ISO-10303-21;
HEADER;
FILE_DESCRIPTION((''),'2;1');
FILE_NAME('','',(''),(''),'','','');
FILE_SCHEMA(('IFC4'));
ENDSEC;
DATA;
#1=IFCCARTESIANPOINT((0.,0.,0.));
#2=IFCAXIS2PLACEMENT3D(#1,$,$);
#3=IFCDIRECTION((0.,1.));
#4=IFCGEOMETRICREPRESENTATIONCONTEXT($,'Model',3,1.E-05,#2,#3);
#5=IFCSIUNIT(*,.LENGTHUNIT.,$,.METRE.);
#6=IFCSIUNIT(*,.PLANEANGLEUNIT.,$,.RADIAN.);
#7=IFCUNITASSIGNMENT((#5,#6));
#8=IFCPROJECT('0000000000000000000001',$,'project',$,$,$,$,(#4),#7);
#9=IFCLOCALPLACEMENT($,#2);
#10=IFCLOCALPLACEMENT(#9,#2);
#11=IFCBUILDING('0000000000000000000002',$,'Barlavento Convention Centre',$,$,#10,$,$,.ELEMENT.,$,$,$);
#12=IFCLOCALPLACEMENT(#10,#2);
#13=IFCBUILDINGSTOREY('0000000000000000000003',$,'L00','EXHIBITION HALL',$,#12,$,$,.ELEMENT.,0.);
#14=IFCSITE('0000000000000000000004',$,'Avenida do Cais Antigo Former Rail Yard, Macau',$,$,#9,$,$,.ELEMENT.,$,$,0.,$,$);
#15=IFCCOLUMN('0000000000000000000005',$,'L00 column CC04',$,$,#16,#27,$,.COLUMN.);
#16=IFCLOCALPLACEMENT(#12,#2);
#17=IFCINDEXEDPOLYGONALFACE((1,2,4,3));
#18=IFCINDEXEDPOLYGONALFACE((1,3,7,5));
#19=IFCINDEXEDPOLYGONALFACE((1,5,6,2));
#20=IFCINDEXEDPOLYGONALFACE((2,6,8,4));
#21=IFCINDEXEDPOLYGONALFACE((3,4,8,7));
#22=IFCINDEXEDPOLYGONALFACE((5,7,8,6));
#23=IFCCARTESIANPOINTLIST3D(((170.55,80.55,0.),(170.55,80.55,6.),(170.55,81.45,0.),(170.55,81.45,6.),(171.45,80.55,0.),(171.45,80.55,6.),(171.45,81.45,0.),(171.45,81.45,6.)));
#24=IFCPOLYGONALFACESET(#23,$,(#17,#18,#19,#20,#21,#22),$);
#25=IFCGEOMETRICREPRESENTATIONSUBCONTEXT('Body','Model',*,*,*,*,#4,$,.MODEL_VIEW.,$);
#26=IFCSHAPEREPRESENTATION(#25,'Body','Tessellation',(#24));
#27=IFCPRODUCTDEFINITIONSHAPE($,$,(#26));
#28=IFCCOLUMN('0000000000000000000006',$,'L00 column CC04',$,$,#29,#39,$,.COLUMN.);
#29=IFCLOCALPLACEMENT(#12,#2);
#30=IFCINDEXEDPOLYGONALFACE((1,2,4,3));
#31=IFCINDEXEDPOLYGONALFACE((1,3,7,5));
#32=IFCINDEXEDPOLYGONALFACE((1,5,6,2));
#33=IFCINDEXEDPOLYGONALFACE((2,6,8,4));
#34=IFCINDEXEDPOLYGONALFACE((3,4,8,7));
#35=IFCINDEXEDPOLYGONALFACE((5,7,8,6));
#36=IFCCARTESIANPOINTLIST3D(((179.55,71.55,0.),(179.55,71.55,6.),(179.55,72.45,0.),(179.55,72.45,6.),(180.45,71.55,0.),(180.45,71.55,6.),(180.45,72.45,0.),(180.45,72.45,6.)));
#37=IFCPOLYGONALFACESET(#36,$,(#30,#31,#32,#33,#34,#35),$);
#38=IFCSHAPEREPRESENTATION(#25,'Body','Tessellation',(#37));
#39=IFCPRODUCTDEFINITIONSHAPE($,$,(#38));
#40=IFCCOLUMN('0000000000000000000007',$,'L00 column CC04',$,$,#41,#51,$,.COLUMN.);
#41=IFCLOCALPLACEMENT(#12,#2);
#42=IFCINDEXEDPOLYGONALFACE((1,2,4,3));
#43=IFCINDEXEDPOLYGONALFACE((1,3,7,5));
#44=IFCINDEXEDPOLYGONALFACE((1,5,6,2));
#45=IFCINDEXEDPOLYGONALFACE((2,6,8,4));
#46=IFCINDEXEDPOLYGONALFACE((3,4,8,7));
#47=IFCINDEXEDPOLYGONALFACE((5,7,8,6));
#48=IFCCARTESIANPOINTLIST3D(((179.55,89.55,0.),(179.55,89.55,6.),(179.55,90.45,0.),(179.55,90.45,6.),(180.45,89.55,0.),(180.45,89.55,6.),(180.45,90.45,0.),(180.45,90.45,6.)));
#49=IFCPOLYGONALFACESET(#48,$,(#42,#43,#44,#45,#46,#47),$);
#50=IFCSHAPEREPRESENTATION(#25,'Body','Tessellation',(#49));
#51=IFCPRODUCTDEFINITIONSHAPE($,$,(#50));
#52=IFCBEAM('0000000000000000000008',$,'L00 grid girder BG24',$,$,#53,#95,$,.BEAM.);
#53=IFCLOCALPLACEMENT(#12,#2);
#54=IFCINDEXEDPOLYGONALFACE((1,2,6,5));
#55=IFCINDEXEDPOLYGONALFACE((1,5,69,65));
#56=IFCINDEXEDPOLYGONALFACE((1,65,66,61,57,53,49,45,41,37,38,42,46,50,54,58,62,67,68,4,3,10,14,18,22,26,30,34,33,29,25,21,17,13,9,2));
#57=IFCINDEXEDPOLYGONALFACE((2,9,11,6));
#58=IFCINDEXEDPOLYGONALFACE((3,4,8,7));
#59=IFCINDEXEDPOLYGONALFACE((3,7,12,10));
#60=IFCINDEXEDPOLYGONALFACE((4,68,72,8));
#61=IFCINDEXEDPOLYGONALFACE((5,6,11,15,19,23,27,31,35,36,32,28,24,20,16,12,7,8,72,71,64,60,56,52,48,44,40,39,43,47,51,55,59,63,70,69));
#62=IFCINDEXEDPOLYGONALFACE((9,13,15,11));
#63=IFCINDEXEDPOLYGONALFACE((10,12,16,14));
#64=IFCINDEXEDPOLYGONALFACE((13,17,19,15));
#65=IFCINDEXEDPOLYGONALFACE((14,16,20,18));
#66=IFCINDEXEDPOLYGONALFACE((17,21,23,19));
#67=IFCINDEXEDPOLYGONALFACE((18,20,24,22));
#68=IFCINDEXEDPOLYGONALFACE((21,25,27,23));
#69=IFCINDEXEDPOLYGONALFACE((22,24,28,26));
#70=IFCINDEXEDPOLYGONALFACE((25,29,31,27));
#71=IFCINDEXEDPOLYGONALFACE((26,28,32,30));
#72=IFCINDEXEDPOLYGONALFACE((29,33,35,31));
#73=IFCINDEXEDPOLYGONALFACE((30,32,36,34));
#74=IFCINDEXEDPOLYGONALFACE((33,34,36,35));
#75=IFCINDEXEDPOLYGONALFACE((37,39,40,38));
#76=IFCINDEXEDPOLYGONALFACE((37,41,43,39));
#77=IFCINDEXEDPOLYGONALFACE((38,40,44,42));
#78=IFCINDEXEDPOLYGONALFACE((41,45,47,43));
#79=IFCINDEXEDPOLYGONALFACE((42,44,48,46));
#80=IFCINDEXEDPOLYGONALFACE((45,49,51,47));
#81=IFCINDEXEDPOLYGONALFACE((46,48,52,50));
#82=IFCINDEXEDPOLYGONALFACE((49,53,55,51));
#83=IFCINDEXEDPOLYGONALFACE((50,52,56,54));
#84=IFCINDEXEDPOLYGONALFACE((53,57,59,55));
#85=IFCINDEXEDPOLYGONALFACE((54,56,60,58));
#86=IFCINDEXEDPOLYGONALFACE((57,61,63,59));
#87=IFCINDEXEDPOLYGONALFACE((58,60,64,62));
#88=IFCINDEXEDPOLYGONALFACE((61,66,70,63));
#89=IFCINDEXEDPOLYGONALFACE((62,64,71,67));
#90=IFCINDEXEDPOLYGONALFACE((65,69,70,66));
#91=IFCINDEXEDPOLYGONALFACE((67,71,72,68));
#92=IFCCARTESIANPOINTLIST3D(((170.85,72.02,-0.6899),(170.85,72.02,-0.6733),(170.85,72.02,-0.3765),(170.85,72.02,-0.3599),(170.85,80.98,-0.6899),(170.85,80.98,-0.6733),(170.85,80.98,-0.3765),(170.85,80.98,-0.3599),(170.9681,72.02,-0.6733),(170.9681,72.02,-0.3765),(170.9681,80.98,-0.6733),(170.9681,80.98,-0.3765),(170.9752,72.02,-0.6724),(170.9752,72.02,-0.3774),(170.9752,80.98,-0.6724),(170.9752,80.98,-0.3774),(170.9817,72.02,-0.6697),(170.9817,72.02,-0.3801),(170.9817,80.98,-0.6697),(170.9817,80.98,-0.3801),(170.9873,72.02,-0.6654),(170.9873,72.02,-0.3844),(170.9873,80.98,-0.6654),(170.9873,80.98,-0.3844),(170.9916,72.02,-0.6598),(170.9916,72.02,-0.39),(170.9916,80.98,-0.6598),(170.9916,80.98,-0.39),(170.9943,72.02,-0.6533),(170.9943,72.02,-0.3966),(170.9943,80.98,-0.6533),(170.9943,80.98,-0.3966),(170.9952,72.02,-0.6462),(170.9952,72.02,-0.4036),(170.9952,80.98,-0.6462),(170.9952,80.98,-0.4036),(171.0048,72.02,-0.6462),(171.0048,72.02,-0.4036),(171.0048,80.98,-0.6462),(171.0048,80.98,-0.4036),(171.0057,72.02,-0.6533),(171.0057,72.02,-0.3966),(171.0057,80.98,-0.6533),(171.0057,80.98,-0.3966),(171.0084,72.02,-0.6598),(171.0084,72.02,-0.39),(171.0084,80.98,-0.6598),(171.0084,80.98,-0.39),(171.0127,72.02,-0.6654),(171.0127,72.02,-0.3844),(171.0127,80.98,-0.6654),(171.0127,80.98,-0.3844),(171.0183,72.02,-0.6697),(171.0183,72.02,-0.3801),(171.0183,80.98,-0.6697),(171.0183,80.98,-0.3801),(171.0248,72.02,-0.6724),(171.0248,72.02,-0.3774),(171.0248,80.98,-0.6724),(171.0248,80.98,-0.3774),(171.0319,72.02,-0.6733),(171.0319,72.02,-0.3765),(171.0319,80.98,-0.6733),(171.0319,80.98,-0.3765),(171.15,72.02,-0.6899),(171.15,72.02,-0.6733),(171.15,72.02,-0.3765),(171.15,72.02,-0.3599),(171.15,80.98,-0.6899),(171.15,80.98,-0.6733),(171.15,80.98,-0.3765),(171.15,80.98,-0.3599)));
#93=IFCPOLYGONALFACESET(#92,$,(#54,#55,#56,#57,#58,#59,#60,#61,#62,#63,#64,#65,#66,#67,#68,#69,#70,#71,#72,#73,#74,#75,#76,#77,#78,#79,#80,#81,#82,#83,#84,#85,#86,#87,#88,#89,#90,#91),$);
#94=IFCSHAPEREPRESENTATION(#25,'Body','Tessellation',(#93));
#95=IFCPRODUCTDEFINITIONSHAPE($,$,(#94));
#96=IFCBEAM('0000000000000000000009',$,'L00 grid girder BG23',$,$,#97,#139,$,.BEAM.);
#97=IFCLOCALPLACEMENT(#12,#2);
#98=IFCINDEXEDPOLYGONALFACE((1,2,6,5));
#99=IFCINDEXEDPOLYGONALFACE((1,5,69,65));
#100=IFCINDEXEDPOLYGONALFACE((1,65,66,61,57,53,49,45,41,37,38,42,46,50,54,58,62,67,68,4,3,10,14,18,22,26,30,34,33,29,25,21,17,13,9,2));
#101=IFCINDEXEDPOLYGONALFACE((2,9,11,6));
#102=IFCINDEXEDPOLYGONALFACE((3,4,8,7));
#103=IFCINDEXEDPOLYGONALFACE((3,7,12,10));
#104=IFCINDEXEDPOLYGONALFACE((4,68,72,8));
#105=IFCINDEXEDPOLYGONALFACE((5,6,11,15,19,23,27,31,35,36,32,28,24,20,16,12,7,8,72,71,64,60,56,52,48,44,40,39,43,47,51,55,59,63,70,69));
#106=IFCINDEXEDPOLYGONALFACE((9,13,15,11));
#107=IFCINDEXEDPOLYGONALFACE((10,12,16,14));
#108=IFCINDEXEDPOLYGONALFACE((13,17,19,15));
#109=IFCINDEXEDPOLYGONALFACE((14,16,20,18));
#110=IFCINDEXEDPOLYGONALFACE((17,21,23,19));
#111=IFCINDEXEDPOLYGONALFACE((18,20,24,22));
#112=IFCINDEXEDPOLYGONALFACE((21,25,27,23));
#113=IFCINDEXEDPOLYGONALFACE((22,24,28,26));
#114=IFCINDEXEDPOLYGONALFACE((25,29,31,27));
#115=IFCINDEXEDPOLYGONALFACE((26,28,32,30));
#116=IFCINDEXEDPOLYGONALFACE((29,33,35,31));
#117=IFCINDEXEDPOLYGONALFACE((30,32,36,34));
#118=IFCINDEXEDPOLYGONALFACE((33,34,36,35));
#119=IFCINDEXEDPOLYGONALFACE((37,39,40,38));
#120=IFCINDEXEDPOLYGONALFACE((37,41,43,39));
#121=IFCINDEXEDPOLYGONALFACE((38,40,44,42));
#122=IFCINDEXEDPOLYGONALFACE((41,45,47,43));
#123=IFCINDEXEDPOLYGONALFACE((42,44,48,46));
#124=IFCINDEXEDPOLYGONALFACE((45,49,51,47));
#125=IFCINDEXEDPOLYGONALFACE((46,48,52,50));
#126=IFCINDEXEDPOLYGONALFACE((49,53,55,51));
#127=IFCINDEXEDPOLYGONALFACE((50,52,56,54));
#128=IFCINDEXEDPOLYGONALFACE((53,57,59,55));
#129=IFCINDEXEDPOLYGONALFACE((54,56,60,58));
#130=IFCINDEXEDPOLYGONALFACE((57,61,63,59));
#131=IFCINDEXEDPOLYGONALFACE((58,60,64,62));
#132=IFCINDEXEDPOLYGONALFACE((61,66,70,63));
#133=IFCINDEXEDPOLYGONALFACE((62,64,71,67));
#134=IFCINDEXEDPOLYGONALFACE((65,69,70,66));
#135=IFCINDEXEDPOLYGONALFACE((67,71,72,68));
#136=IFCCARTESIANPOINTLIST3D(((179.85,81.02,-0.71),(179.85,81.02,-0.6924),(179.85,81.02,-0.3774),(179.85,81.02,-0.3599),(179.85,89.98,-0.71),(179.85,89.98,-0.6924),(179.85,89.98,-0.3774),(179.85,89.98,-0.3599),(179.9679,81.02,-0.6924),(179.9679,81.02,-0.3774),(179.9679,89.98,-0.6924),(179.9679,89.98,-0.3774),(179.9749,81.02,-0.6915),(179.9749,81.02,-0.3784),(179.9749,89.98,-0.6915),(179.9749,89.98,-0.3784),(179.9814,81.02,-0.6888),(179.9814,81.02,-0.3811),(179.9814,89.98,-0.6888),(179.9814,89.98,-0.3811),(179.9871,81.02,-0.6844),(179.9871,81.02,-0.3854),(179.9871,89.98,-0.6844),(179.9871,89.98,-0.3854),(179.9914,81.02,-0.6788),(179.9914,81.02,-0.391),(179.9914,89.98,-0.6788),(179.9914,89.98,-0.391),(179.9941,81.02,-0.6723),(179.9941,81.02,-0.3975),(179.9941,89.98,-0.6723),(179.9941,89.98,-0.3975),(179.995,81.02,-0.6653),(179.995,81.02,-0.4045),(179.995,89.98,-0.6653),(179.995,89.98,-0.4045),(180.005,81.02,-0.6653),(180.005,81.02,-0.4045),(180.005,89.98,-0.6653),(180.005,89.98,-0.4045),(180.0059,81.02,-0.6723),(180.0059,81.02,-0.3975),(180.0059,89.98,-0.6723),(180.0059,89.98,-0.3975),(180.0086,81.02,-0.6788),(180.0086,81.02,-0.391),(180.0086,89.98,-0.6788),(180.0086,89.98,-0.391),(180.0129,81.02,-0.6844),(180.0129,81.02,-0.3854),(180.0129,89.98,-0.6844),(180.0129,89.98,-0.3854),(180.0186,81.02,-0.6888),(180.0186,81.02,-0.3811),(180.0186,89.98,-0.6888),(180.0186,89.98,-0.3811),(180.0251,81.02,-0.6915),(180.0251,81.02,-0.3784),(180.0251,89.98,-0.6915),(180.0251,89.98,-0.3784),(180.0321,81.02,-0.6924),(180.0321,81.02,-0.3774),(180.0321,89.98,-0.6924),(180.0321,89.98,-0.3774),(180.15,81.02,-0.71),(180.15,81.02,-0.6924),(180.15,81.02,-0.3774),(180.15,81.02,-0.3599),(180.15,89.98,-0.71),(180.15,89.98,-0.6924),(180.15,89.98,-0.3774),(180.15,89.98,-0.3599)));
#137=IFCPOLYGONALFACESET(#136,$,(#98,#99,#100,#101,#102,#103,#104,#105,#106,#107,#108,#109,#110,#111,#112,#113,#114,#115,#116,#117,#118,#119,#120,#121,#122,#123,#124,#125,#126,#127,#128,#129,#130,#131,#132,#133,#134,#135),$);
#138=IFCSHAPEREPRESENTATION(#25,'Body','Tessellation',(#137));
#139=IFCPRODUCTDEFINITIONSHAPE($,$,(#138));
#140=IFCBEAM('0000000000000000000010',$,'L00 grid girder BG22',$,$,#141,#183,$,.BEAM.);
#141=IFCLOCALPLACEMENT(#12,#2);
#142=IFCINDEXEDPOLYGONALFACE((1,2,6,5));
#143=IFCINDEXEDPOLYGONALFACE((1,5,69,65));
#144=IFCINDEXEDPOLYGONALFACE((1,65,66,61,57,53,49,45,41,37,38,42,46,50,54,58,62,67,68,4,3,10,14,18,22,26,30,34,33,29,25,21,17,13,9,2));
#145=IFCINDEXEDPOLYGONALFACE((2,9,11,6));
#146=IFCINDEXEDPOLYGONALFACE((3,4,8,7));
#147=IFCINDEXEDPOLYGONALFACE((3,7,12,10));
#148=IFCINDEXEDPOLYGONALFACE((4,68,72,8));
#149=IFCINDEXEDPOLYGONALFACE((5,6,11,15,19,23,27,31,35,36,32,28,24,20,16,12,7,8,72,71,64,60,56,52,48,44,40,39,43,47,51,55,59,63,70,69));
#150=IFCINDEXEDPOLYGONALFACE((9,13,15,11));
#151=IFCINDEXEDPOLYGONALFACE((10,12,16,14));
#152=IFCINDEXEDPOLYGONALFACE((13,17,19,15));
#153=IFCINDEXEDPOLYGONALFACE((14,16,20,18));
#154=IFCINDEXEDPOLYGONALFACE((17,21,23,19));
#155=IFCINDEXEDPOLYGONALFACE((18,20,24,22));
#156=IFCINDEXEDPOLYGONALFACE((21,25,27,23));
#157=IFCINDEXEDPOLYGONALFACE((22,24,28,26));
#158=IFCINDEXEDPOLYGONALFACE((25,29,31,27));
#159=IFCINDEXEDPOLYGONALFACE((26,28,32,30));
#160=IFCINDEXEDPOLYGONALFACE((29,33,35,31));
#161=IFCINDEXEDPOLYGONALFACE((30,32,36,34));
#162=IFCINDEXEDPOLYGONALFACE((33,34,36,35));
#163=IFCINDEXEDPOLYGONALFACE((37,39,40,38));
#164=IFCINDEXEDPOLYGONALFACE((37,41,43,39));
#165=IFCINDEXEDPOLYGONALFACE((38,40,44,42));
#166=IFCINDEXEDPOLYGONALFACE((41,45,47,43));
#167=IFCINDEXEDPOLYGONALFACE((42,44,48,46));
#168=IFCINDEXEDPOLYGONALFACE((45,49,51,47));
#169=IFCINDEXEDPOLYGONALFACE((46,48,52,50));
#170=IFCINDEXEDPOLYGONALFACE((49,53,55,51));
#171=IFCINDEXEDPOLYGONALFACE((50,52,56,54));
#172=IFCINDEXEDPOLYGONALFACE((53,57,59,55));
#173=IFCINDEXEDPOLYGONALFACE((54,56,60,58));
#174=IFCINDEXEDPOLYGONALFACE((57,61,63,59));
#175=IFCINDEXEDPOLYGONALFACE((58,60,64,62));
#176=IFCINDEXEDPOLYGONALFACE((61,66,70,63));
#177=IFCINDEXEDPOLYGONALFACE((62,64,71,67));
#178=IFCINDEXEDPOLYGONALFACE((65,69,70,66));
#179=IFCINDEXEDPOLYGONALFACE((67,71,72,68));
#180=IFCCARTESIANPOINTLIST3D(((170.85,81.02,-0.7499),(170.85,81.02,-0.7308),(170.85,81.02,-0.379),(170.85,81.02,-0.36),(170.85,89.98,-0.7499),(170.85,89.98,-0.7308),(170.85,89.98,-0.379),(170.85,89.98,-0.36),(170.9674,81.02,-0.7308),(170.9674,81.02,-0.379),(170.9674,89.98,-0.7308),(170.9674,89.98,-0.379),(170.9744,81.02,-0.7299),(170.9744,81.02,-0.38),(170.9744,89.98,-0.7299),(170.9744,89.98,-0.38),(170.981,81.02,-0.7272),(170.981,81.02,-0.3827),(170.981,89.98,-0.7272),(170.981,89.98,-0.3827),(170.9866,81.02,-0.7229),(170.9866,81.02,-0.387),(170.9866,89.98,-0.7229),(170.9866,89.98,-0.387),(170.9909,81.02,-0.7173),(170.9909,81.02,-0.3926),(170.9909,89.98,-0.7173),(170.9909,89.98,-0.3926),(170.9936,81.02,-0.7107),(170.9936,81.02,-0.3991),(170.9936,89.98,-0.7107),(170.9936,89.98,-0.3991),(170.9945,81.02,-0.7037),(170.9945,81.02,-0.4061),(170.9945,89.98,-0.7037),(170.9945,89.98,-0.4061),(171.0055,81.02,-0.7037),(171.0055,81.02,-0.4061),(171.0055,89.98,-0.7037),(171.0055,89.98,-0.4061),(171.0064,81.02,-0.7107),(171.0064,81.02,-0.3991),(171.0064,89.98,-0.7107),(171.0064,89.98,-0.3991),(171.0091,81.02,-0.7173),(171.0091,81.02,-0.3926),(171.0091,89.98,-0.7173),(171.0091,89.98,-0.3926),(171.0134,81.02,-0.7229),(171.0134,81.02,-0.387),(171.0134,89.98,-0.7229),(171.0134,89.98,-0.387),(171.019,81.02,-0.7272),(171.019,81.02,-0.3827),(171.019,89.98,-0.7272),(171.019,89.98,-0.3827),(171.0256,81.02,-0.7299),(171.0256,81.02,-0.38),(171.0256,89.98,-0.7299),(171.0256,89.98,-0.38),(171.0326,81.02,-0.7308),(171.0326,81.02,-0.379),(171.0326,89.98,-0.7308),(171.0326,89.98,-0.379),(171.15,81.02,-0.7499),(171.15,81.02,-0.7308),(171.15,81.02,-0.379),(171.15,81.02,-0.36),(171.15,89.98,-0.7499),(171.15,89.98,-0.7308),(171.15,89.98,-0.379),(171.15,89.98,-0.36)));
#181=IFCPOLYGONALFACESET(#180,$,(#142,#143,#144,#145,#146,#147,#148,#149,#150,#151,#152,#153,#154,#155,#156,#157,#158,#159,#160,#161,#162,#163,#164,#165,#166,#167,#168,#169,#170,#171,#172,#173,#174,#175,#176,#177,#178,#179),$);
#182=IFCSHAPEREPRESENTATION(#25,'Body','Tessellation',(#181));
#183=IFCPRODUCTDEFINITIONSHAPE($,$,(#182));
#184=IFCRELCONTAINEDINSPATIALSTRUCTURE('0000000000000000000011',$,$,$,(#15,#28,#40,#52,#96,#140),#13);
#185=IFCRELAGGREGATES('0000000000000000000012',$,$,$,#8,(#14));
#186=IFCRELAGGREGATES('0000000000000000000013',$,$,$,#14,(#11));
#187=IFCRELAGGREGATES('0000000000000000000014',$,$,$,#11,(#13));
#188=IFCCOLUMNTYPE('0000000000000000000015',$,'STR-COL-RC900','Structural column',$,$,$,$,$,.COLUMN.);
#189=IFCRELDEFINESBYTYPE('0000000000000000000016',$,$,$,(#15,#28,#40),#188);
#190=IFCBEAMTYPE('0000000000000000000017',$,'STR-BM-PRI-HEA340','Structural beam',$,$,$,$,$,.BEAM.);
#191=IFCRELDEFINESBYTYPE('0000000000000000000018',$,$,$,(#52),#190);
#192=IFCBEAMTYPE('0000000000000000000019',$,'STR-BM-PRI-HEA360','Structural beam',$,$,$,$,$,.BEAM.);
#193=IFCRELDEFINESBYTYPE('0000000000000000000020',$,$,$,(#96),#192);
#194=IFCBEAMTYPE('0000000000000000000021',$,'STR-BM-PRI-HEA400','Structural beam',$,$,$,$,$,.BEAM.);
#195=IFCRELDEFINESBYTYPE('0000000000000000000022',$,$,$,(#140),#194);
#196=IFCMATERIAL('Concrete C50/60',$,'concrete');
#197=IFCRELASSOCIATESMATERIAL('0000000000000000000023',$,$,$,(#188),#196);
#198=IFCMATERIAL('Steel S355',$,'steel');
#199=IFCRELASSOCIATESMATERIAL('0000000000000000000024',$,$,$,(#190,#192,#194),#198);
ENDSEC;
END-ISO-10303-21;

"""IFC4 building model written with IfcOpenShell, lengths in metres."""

from ifc_helpers import new_model, si_unit, direction, frame, origin, origin_2d, place, context, subcontext, project, spatial, rectangle, i_section, extrude, material, material_profile, profile_set, type_object, element, save


model = new_model("IFC4")

# Units and contexts
model_context = context("Model", 3, precision=1e-05, world=origin(), true_north=direction((0.0, 1.0)))
body_context = subcontext(model_context, "Body", "Model", "MODEL_VIEW")
ifc_project = project(units=[si_unit("LENGTHUNIT", "METRE"), si_unit("PLANEANGLEUNIT", "RADIAN")], contexts=[model_context])

# Site, building, storey
site_placement = place(None, origin())
site = spatial("IfcSite", under=ifc_project, at=site_placement, Name="Avenida do Cais Antigo Former Rail Yard, Macau", CompositionType="ELEMENT", RefElevation=0.0)
building_placement = place(site_placement, origin())
building = spatial("IfcBuilding", under=site, at=building_placement, Name="Barlavento Convention Centre", CompositionType="ELEMENT")
storey_placement = place(building_placement, origin())
storey = spatial("IfcBuildingStorey", under=building, at=storey_placement, Name="L00", Description="EXHIBITION HALL", CompositionType="ELEMENT", Elevation=0.0)

# Columns
ifc_material_1 = material(Name="Concrete C50/60", Category="concrete")
ifc_material_profile_1 = material_profile(ifc_material_1, rectangle(XDim=0.8999, YDim=0.8999, at=origin_2d()), Name="RC 900x900")
ifc_profile_set_1 = profile_set([ifc_material_profile_1], Name="Concrete C50/60")
column_type_1 = type_object("IfcColumnType", Name="STR-COL-RC900", Description="Structural column", PredefinedType="COLUMN", material=ifc_profile_set_1)
for number, where, z_axis, x_axis, name in (
    (1, (171.0, 81.0, 0.0), (0.0, 0.0, 1.0), (1.0, 0.0, 0.0), "L00 column CC04"),
    (2, (180.0, 72.0, 0.0), (0.0, 0.0, 1.0), (1.0, 0.0, 0.0), "L00 column CC04"),
    (3, (180.0, 90.0, 0.0), (0.0, 0.0, 1.0), (1.0, 0.0, 0.0), "L00 column CC04"),
):
    element("IfcColumn", number, at=place(storey_placement, frame(where, z_axis=z_axis, x_axis=x_axis)), inside=storey, type_object=column_type_1, Name=name, PredefinedType="COLUMN", context=body_context, shape_type="SweptSolid", body=[
        extrude(rectangle(XDim=0.8999, YDim=0.8999, at=origin_2d()), origin(), (0.0, 0.0, 1.0), 6.0),
    ])

# Beams
ifc_material_2 = material(Name="Steel S355", Category="steel")
ifc_material_profile_2 = material_profile(ifc_material_2, i_section(OverallWidth=0.3, OverallDepth=0.3301, WebThickness=0.0095, FlangeThickness=0.0166, FilletRadius=0.0271, at=origin_2d()), Name="HEA 340")
ifc_profile_set_2 = profile_set([ifc_material_profile_2], Name="Steel S355")
beam_type_1 = type_object("IfcBeamType", Name="STR-BM-PRI-HEA340", Description="Structural beam", PredefinedType="BEAM", material=ifc_profile_set_2)
beam_1_placement = place(storey_placement, frame((171.0, 72.02, -0.5249), z_axis=(0.0, 1.0, 0.0), x_axis=(-1.0, 0.0, 0.0)))
element("IfcBeam", 4, at=beam_1_placement, inside=storey, type_object=beam_type_1, Name="L00 grid girder BG24", PredefinedType="BEAM", context=body_context, shape_type="SweptSolid", body=[
    extrude(i_section(OverallWidth=0.3, OverallDepth=0.3301, WebThickness=0.0095, FlangeThickness=0.0166, FilletRadius=0.0271, at=origin_2d()), origin(), (0.0, 0.0, 1.0), 8.96),
])
ifc_material_profile_3 = material_profile(ifc_material_2, i_section(OverallWidth=0.3, OverallDepth=0.3501, WebThickness=0.01, FlangeThickness=0.0176, FilletRadius=0.0271, at=origin_2d()), Name="HEA 360")
ifc_profile_set_3 = profile_set([ifc_material_profile_3], Name="Steel S355")
beam_type_2 = type_object("IfcBeamType", Name="STR-BM-PRI-HEA360", Description="Structural beam", PredefinedType="BEAM", material=ifc_profile_set_3)
beam_2_placement = place(storey_placement, frame((180.0, 81.02, -0.5349), z_axis=(0.0, 1.0, 0.0), x_axis=(-1.0, 0.0, 0.0)))
element("IfcBeam", 5, at=beam_2_placement, inside=storey, type_object=beam_type_2, Name="L00 grid girder BG23", PredefinedType="BEAM", context=body_context, shape_type="SweptSolid", body=[
    extrude(i_section(OverallWidth=0.3, OverallDepth=0.3501, WebThickness=0.01, FlangeThickness=0.0176, FilletRadius=0.0271, at=origin_2d()), origin(), (0.0, 0.0, 1.0), 8.96),
])
ifc_material_profile_4 = material_profile(ifc_material_2, i_section(OverallWidth=0.3, OverallDepth=0.3899, WebThickness=0.011, FlangeThickness=0.019, FilletRadius=0.0271, at=origin_2d()), Name="HEA 400")
ifc_profile_set_4 = profile_set([ifc_material_profile_4], Name="Steel S355")
beam_type_3 = type_object("IfcBeamType", Name="STR-BM-PRI-HEA400", Description="Structural beam", PredefinedType="BEAM", material=ifc_profile_set_4)
beam_3_placement = place(storey_placement, frame((171.0, 81.02, -0.5549), z_axis=(0.0, 1.0, 0.0), x_axis=(-1.0, 0.0, 0.0)))
element("IfcBeam", 6, at=beam_3_placement, inside=storey, type_object=beam_type_3, Name="L00 grid girder BG22", PredefinedType="BEAM", context=body_context, shape_type="SweptSolid", body=[
    extrude(i_section(OverallWidth=0.3, OverallDepth=0.3899, WebThickness=0.011, FlangeThickness=0.019, FilletRadius=0.0271, at=origin_2d()), origin(), (0.0, 0.0, 1.0), 8.96),
])

save(model, "model.ifc")
